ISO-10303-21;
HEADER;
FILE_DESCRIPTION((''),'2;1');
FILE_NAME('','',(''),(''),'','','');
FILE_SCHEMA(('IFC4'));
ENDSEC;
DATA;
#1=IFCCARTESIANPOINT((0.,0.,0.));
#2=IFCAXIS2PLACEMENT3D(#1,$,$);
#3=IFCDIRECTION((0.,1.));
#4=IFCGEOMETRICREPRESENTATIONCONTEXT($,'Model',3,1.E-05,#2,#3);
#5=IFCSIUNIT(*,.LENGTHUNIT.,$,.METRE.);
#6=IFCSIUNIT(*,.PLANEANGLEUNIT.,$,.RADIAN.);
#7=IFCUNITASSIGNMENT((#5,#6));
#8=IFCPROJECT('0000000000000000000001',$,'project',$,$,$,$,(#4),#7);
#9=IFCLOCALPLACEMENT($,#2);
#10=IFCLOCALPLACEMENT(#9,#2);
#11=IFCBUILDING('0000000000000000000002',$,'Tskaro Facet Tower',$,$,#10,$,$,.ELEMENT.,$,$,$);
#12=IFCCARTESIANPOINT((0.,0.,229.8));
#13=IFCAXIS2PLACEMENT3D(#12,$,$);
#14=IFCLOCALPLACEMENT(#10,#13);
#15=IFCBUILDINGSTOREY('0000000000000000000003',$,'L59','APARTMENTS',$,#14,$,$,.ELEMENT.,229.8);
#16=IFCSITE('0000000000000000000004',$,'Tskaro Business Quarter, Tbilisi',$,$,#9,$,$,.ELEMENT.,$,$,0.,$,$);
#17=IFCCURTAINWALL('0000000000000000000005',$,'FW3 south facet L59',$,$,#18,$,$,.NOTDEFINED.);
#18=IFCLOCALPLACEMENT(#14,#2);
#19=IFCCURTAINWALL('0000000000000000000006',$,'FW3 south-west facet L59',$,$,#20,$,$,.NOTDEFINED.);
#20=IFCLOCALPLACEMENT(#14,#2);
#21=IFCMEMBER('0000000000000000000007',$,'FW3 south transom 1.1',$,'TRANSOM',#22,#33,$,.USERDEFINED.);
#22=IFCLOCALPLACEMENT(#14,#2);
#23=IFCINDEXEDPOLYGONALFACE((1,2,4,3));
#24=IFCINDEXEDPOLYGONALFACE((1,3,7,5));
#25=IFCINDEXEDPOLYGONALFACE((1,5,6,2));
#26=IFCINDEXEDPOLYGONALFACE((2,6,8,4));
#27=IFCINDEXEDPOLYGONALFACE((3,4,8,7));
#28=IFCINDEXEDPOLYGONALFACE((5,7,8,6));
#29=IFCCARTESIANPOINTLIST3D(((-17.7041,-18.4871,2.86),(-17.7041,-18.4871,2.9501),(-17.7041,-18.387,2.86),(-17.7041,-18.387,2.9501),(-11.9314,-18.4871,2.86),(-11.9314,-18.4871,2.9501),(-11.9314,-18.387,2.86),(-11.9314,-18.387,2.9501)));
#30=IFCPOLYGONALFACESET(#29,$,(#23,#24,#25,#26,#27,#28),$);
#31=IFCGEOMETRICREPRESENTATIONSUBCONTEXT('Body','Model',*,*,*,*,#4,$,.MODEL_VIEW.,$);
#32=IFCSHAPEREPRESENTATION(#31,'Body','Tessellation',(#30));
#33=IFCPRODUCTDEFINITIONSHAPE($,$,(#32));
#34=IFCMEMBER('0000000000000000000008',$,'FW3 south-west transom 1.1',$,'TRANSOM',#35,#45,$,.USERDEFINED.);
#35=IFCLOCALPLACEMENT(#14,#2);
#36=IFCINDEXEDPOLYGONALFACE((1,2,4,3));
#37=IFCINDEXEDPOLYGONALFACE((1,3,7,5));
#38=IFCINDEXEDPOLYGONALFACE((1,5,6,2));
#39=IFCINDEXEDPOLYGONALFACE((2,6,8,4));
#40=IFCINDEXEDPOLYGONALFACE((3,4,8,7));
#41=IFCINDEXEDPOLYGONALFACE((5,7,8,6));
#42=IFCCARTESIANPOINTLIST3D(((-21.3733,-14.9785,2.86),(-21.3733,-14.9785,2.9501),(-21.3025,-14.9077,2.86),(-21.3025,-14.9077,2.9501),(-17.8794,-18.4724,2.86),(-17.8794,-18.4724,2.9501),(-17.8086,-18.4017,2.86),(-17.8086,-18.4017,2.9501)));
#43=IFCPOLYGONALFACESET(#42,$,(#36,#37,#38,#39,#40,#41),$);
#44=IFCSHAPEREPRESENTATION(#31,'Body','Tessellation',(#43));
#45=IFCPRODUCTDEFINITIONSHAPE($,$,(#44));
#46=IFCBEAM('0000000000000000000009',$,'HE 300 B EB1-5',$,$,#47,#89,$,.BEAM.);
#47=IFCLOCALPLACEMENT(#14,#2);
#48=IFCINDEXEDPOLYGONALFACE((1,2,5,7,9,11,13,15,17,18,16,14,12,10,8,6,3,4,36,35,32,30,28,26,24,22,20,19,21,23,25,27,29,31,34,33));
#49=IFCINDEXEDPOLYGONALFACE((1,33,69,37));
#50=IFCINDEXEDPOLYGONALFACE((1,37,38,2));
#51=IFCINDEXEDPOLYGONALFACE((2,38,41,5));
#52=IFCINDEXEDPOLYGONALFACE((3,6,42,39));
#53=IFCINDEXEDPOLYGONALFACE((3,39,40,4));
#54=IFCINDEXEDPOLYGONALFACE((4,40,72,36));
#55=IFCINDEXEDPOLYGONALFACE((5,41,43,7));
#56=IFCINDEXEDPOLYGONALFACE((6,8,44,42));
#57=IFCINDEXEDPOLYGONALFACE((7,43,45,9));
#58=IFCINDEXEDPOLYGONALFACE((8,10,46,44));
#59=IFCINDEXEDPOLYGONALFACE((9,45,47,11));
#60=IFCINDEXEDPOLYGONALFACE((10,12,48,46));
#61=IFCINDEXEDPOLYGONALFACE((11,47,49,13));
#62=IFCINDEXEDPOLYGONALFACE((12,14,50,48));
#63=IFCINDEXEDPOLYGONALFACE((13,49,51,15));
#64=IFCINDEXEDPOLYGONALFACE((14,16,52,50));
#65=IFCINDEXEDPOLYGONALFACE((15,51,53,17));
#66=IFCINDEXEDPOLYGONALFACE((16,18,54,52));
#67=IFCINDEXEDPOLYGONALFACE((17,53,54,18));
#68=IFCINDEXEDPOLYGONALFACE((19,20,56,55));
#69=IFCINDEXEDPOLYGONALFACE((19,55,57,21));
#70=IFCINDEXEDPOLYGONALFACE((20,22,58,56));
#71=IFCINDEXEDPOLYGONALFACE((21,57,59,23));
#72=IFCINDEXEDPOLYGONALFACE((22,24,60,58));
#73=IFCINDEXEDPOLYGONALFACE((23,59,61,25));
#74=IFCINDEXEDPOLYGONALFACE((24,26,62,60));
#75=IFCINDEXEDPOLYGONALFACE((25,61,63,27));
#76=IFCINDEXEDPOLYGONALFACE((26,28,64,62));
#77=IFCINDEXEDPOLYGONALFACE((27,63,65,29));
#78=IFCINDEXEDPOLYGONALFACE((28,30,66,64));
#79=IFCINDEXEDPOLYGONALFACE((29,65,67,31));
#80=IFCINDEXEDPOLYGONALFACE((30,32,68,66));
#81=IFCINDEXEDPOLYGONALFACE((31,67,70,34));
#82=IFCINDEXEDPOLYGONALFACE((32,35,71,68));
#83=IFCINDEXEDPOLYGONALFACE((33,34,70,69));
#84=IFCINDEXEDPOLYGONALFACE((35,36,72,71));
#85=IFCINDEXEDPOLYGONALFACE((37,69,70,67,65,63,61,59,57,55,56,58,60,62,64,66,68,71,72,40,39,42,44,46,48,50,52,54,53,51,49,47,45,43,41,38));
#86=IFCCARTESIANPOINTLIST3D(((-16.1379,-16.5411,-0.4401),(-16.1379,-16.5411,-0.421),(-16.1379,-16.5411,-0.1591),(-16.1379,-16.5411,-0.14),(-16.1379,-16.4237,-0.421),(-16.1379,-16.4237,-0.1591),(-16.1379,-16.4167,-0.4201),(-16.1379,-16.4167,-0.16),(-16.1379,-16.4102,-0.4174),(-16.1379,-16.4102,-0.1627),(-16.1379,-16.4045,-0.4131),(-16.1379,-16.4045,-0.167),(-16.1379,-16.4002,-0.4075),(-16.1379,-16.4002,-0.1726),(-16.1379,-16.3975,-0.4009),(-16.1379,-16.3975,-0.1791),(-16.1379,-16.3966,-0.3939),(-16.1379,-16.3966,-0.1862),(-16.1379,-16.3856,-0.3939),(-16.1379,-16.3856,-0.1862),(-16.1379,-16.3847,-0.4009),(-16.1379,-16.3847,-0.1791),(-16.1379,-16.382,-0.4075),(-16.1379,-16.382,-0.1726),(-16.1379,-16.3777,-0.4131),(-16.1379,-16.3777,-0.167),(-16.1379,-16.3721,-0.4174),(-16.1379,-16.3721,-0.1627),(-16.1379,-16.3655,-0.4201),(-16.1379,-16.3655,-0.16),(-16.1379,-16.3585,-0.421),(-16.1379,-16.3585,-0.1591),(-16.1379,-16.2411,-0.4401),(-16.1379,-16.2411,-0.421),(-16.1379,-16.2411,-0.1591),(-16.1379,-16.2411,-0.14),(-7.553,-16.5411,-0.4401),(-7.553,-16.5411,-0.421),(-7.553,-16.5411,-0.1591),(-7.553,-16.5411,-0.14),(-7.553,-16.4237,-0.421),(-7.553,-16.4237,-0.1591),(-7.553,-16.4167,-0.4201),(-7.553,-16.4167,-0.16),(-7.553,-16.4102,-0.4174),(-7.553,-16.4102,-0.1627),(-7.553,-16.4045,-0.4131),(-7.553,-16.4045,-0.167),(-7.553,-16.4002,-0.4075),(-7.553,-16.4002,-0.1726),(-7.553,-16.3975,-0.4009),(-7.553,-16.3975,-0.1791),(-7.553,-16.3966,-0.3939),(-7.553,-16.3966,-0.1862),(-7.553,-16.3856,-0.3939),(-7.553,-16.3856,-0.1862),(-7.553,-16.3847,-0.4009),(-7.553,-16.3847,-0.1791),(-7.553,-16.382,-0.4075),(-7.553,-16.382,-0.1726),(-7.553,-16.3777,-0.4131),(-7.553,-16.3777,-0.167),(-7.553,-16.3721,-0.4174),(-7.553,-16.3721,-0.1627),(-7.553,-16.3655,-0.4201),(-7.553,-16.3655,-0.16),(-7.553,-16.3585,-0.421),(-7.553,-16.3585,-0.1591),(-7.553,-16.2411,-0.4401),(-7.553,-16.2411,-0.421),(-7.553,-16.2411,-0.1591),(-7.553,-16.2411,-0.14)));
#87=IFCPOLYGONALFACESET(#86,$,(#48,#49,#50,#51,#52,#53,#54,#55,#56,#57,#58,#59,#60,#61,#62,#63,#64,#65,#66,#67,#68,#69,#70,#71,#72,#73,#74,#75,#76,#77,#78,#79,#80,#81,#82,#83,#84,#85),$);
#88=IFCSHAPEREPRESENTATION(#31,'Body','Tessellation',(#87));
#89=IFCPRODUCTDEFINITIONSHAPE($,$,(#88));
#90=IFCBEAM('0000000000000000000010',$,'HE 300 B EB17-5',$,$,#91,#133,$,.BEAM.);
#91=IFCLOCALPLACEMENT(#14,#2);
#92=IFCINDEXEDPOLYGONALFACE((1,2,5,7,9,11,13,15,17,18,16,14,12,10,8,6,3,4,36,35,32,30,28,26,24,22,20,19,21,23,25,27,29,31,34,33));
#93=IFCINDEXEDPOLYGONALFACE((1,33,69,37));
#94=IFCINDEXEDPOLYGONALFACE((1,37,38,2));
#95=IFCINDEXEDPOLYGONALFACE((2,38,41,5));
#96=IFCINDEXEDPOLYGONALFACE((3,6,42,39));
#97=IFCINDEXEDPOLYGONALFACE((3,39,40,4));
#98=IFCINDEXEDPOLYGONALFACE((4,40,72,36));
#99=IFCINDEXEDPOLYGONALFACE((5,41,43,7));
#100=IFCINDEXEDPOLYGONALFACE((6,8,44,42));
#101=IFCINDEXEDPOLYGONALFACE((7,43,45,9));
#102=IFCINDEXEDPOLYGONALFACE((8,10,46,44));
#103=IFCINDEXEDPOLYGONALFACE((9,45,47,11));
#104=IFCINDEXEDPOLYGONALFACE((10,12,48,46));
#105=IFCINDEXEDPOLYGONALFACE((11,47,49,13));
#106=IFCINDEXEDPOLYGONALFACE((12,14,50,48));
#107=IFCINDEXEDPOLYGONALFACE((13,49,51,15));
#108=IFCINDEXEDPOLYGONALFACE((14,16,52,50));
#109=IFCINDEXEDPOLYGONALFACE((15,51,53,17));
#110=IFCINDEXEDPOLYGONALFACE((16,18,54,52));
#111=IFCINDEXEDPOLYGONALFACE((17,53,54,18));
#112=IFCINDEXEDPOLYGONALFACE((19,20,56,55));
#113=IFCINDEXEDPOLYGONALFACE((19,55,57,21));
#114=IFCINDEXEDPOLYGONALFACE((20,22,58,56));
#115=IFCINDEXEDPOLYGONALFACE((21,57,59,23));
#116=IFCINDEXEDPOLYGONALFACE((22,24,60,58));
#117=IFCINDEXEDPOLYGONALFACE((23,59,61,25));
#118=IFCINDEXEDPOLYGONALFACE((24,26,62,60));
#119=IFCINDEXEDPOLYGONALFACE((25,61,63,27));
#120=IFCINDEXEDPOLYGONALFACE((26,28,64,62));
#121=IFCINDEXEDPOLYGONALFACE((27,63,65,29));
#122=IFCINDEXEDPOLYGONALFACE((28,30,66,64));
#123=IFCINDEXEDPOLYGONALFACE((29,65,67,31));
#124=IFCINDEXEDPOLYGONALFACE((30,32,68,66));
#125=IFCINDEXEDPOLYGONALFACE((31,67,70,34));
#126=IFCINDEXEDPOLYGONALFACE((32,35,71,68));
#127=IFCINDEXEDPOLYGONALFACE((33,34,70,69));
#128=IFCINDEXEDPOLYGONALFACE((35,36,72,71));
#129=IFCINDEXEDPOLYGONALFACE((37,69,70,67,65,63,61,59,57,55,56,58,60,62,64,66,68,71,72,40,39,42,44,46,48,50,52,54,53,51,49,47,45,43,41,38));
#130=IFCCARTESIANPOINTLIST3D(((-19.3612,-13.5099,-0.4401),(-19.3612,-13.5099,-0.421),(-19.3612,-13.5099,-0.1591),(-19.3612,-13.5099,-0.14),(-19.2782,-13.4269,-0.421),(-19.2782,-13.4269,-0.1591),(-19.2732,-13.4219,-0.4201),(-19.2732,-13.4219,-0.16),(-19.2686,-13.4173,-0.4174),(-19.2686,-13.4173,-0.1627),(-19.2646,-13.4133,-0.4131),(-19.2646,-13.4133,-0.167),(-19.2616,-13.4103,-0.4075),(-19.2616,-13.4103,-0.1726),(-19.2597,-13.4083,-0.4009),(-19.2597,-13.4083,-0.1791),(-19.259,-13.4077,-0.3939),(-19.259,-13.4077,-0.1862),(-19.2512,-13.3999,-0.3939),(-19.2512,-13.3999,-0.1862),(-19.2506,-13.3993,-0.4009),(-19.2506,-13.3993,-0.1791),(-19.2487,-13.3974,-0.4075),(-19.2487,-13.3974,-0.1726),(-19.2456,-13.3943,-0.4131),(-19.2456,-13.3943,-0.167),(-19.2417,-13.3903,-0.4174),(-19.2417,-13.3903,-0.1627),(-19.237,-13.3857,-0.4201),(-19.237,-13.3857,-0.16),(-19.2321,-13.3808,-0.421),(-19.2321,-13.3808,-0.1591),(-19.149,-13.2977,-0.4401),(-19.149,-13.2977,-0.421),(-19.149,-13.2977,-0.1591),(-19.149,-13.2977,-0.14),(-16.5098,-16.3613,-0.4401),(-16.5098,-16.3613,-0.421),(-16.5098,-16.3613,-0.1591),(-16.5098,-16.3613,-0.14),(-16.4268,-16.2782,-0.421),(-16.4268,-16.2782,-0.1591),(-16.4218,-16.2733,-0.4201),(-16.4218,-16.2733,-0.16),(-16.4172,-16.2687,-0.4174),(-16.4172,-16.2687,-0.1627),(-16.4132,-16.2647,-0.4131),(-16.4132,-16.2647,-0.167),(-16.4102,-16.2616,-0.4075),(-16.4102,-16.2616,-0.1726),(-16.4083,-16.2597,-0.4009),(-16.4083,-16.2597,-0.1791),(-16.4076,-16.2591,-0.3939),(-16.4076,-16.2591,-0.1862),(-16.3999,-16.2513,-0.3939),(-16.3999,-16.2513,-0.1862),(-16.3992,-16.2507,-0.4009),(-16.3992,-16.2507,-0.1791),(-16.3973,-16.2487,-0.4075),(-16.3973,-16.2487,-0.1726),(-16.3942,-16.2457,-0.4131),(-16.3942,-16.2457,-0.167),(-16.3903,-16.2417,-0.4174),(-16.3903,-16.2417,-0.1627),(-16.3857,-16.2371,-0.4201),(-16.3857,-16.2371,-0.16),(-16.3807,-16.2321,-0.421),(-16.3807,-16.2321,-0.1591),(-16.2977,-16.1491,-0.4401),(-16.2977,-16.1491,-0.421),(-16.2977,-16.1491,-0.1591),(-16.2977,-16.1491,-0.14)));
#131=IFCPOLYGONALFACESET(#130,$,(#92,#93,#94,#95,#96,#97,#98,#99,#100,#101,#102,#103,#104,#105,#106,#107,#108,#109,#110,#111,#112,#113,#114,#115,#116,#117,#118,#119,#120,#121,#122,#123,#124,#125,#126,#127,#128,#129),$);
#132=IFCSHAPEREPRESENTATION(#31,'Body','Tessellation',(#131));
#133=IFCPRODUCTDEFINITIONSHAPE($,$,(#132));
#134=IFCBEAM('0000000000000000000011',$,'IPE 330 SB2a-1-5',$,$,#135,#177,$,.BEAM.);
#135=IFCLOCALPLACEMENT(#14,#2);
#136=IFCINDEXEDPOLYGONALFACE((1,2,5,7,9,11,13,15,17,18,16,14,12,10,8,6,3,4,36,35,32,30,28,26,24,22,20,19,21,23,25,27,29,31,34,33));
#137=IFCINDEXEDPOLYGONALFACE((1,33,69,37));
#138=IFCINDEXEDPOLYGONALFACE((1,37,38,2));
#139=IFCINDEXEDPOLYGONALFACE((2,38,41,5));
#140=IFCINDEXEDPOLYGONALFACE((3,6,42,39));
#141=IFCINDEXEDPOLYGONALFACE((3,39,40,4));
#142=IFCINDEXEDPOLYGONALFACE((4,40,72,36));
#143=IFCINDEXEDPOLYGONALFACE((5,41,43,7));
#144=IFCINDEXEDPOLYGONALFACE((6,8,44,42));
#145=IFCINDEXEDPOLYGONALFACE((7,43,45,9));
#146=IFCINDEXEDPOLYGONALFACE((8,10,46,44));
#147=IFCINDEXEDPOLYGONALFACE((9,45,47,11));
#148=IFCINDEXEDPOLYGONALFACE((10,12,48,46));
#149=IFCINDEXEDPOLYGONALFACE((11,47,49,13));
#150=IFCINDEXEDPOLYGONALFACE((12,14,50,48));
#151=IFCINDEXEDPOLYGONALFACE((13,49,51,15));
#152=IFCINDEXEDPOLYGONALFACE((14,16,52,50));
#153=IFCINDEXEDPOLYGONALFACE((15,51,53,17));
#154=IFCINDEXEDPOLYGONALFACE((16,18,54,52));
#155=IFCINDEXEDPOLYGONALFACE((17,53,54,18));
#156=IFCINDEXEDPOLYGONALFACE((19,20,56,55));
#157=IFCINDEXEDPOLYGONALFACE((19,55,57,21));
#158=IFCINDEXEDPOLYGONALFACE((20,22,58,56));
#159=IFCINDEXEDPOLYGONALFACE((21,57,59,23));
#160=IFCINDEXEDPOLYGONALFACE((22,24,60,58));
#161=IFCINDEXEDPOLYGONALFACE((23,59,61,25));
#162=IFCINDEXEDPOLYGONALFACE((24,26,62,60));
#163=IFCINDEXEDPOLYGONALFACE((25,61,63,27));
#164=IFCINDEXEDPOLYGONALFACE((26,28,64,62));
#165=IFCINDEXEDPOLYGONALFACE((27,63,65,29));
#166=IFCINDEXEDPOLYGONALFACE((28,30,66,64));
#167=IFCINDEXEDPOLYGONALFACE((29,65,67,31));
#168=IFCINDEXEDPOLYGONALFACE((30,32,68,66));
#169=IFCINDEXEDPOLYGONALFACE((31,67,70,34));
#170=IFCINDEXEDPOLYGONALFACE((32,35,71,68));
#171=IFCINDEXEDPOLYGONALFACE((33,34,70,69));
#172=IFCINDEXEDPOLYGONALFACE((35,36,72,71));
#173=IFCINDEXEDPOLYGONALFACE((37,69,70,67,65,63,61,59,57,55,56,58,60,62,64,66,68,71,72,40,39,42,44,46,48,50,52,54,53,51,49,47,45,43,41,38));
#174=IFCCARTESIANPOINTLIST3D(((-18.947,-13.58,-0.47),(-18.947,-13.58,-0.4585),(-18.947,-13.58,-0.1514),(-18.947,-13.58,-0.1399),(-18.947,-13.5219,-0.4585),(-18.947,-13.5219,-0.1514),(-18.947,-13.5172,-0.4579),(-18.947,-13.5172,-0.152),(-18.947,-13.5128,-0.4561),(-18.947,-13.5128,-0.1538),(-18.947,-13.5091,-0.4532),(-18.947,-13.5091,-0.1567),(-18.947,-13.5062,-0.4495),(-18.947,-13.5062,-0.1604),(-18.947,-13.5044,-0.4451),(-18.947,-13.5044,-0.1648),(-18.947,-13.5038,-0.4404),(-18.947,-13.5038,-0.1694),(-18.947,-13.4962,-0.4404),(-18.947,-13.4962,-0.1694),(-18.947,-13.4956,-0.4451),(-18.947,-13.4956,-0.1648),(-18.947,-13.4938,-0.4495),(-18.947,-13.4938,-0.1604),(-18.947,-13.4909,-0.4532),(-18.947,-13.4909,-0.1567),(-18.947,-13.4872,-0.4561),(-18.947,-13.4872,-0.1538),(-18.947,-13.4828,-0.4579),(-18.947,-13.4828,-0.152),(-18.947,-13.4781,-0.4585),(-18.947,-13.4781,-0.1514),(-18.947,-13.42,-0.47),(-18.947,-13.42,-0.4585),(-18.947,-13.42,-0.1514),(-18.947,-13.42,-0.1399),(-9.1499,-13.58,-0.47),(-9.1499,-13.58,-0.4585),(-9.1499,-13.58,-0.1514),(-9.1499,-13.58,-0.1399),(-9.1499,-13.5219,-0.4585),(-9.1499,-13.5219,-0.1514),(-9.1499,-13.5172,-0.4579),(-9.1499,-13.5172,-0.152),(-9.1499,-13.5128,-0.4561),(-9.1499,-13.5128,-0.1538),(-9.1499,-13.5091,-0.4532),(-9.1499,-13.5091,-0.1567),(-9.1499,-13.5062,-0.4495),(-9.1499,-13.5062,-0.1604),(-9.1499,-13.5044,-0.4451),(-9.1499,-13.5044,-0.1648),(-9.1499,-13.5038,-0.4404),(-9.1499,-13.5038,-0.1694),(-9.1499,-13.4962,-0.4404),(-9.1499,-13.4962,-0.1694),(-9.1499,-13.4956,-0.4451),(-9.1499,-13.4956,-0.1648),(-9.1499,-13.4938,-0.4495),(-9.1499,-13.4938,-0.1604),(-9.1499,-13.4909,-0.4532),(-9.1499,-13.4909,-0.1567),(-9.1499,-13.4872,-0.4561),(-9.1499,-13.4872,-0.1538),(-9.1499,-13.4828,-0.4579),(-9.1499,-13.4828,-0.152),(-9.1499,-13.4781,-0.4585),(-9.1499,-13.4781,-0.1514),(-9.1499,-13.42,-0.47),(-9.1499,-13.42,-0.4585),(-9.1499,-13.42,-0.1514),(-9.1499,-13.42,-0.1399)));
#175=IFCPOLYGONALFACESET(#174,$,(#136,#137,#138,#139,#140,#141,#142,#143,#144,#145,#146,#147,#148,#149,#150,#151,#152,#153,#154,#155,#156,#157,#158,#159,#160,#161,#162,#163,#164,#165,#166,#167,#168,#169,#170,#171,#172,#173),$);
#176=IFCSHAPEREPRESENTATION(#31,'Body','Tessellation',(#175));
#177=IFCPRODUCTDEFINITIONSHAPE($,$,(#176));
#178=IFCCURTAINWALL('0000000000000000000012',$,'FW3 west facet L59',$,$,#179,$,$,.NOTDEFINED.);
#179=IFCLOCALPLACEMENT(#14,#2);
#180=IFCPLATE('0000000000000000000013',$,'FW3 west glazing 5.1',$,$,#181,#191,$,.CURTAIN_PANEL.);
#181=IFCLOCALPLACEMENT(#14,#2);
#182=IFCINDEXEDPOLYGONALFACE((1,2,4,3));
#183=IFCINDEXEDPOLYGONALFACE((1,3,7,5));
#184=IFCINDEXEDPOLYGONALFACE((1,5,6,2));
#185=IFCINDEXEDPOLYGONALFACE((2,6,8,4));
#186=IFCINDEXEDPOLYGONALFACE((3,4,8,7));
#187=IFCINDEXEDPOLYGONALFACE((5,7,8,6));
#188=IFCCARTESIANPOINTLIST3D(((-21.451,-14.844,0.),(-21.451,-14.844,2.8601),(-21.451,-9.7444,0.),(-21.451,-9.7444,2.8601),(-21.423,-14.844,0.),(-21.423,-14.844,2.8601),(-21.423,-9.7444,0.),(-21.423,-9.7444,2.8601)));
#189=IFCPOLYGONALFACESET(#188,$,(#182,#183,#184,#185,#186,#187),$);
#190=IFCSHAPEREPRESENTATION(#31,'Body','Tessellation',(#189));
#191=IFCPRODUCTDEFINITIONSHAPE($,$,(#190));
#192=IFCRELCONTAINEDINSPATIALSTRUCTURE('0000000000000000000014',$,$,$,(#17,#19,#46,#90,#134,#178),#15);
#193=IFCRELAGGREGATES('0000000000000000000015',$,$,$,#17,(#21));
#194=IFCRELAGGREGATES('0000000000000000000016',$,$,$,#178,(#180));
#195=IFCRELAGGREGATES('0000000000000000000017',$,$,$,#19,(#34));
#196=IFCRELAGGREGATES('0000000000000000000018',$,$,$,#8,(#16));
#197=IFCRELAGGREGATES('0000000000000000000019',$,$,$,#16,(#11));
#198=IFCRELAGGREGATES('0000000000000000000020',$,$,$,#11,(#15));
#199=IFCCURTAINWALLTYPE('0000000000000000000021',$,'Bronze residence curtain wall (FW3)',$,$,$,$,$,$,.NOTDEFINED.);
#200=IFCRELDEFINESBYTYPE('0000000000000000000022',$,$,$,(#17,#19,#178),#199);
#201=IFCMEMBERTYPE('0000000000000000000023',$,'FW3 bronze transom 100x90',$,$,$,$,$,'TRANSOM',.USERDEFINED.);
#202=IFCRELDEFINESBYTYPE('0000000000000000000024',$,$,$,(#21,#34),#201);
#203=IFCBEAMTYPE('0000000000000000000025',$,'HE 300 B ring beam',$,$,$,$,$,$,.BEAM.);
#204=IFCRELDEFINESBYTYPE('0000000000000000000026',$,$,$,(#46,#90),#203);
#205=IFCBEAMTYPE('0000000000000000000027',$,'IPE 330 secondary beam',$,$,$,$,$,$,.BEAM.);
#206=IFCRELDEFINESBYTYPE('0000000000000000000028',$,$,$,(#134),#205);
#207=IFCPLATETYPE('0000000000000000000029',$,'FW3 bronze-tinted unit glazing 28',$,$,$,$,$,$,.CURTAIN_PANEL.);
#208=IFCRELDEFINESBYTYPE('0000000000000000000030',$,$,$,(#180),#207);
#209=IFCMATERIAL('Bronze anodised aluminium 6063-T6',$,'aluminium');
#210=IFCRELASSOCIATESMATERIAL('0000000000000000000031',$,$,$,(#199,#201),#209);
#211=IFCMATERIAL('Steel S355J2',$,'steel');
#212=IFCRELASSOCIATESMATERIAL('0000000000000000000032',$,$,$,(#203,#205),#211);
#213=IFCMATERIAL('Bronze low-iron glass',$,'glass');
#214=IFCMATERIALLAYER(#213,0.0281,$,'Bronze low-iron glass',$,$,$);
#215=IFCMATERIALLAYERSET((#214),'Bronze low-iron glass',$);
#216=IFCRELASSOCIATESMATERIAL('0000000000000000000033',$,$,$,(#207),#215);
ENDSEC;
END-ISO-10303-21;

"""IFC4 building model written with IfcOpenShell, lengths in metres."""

from ifc_helpers import new_model, si_unit, direction, frame, origin, origin_2d, place, context, subcontext, project, spatial, rectangle, i_section, extrude, material, layer, layer_set, material_profile, profile_set, type_object, element, aggregate, save


model = new_model("IFC4")

# Units and contexts
model_context = context("Model", 3, precision=1e-05, world=origin(), true_north=direction((0.0, 1.0)))
body_context = subcontext(model_context, "Body", "Model", "MODEL_VIEW")
ifc_project = project(units=[si_unit("LENGTHUNIT", "METRE"), si_unit("PLANEANGLEUNIT", "RADIAN")], contexts=[model_context])

# Site, building, storey
site_placement = place(None, origin())
site = spatial("IfcSite", under=ifc_project, at=site_placement, Name="Tskaro Business Quarter, Tbilisi", CompositionType="ELEMENT", RefElevation=0.0)
building_placement = place(site_placement, origin())
building = spatial("IfcBuilding", under=site, at=building_placement, Name="Tskaro Facet Tower", CompositionType="ELEMENT")
storey_placement = place(building_placement, frame((0.0, 0.0, 229.8)))
storey = spatial("IfcBuildingStorey", under=building, at=storey_placement, Name="L59", Description="APARTMENTS", CompositionType="ELEMENT", Elevation=229.8)

# Shared definitions
ifc_material_1 = material(Name="Steel S355J2", Category="steel")

# Curtain walls
ifc_material_2 = material(Name="Bronze anodised aluminium 6063-T6", Category="aluminium")
curtain_wall_type = type_object("IfcCurtainWallType", Name="Bronze residence curtain wall (FW3)", PredefinedType="NOTDEFINED", material=ifc_material_2)
curtain_wall_1_placement = place(storey_placement, origin())
curtain_wall_1 = element("IfcCurtainWall", 1, at=curtain_wall_1_placement, inside=storey, type_object=curtain_wall_type, Name="FW3 south facet L59", PredefinedType="NOTDEFINED")
curtain_wall_2_placement = place(storey_placement, origin())
curtain_wall_2 = element("IfcCurtainWall", 2, at=curtain_wall_2_placement, inside=storey, type_object=curtain_wall_type, Name="FW3 south-west facet L59", PredefinedType="NOTDEFINED")

# Members
ifc_material_profile_1 = material_profile(ifc_material_2, rectangle(XDim=0.1001, YDim=0.0901, at=origin_2d()), Name="Transom 100x90")
ifc_profile_set_1 = profile_set([ifc_material_profile_1], Name="Bronze anodised aluminium 6063-T6")
member_type_1 = type_object("IfcMemberType", Name="FW3 bronze transom 100x90", ElementType="TRANSOM", PredefinedType="USERDEFINED", material=ifc_profile_set_1)
member_1_placement = place(storey_placement, frame((-17.7041, -18.437, 2.905), z_axis=(1.0, 0.0, 0.0), x_axis=(0.0, 1.0, 0.0)))
member_1 = element("IfcMember", 3, at=member_1_placement, type_object=member_type_1, Name="FW3 south transom 1.1", ObjectType="TRANSOM", PredefinedType="USERDEFINED", context=body_context, shape_type="SweptSolid", body=[
    extrude(rectangle(XDim=0.1001, YDim=0.0901, at=origin_2d()), origin(), (0.0, 0.0, 1.0), 5.7727),
])
aggregate(curtain_wall_1, [member_1])
member_2_placement = place(storey_placement, frame((-21.3379, -14.9431, 2.905), z_axis=(0.707107, -0.707107, 0.0), x_axis=(0.707107, 0.707107, 0.0)))
member_2 = element("IfcMember", 4, at=member_2_placement, type_object=member_type_1, Name="FW3 south-west transom 1.1", ObjectType="TRANSOM", PredefinedType="USERDEFINED", context=body_context, shape_type="SweptSolid", body=[
    extrude(rectangle(XDim=0.1001, YDim=0.0901, at=origin_2d()), origin(), (0.0, 0.0, 1.0), 4.9412),
])

# Beams
ifc_material_profile_2 = material_profile(ifc_material_1, i_section(OverallWidth=0.3, OverallDepth=0.3, WebThickness=0.011, FlangeThickness=0.019, FilletRadius=0.0271, at=origin_2d()), Name="HE 300 B")
ifc_profile_set_2 = profile_set([ifc_material_profile_2], Name="Steel S355J2")
beam_type_1 = type_object("IfcBeamType", Name="HE 300 B ring beam", PredefinedType="BEAM", material=ifc_profile_set_2)
beam_1_placement = place(storey_placement, frame((-16.1379, -16.3911, -0.29), z_axis=(1.0, 0.0, 0.0), x_axis=(0.0, 1.0, 0.0)))
element("IfcBeam", 5, at=beam_1_placement, inside=storey, type_object=beam_type_1, Name="HE 300 B EB1-5", PredefinedType="BEAM", context=body_context, shape_type="SweptSolid", body=[
    extrude(i_section(OverallWidth=0.3, OverallDepth=0.3, WebThickness=0.011, FlangeThickness=0.019, FilletRadius=0.0271, at=origin_2d()), origin(), (0.0, 0.0, 1.0), 8.585),
])
beam_2_placement = place(storey_placement, frame((-19.2551, -13.4038, -0.29), z_axis=(0.707107, -0.707107, 0.0), x_axis=(0.707107, 0.707107, 0.0)))
element("IfcBeam", 6, at=beam_2_placement, inside=storey, type_object=beam_type_1, Name="HE 300 B EB17-5", PredefinedType="BEAM", context=body_context, shape_type="SweptSolid", body=[
    extrude(i_section(OverallWidth=0.3, OverallDepth=0.3, WebThickness=0.011, FlangeThickness=0.019, FilletRadius=0.0271, at=origin_2d()), origin(), (0.0, 0.0, 1.0), 4.0325),
])
ifc_material_profile_3 = material_profile(ifc_material_1, i_section(OverallWidth=0.1599, OverallDepth=0.3301, WebThickness=0.0076, FlangeThickness=0.0115, FilletRadius=0.0181, at=origin_2d()), Name="IPE 330")
ifc_profile_set_3 = profile_set([ifc_material_profile_3], Name="Steel S355J2")
beam_type_2 = type_object("IfcBeamType", Name="IPE 330 secondary beam", PredefinedType="BEAM", material=ifc_profile_set_3)
beam_3_placement = place(storey_placement, frame((-18.947, -13.5, -0.3049), z_axis=(1.0, 0.0, 0.0), x_axis=(0.0, 1.0, 0.0)))
element("IfcBeam", 7, at=beam_3_placement, inside=storey, type_object=beam_type_2, Name="IPE 330 SB2a-1-5", PredefinedType="BEAM", context=body_context, shape_type="SweptSolid", body=[
    extrude(i_section(OverallWidth=0.1599, OverallDepth=0.3301, WebThickness=0.0076, FlangeThickness=0.0115, FilletRadius=0.0181, at=origin_2d()), origin(), (0.0, 0.0, 1.0), 9.7971),
])

# Curtain wall, plate
curtain_wall_3_placement = place(storey_placement, origin())
curtain_wall_3 = element("IfcCurtainWall", 8, at=curtain_wall_3_placement, inside=storey, type_object=curtain_wall_type, Name="FW3 west facet L59", PredefinedType="NOTDEFINED")
ifc_material_3 = material(Name="Bronze low-iron glass", Category="glass")
ifc_layer_1 = layer(ifc_material_3, 0.0281, Name="Bronze low-iron glass")
ifc_layer_set_1 = layer_set([ifc_layer_1], Name="Bronze low-iron glass")
plate_type = type_object("IfcPlateType", Name="FW3 bronze-tinted unit glazing 28", PredefinedType="CURTAIN_PANEL", material=ifc_layer_set_1)
plate_1_placement = place(storey_placement, frame((-21.437, -12.2942, 0.0), z_axis=(0.0, 0.0, 1.0), x_axis=(0.0, -1.0, 0.0)))
plate_1 = element("IfcPlate", 9, at=plate_1_placement, type_object=plate_type, Name="FW3 west glazing 5.1", PredefinedType="CURTAIN_PANEL", context=body_context, shape_type="SweptSolid", body=[
    extrude(rectangle(XDim=5.0996, YDim=0.0281, at=origin_2d()), origin(), (0.0, 0.0, 1.0), 2.8601),
])
aggregate(curtain_wall_3, [plate_1])

aggregate(curtain_wall_2, [member_2])

save(model, "model.ifc")
